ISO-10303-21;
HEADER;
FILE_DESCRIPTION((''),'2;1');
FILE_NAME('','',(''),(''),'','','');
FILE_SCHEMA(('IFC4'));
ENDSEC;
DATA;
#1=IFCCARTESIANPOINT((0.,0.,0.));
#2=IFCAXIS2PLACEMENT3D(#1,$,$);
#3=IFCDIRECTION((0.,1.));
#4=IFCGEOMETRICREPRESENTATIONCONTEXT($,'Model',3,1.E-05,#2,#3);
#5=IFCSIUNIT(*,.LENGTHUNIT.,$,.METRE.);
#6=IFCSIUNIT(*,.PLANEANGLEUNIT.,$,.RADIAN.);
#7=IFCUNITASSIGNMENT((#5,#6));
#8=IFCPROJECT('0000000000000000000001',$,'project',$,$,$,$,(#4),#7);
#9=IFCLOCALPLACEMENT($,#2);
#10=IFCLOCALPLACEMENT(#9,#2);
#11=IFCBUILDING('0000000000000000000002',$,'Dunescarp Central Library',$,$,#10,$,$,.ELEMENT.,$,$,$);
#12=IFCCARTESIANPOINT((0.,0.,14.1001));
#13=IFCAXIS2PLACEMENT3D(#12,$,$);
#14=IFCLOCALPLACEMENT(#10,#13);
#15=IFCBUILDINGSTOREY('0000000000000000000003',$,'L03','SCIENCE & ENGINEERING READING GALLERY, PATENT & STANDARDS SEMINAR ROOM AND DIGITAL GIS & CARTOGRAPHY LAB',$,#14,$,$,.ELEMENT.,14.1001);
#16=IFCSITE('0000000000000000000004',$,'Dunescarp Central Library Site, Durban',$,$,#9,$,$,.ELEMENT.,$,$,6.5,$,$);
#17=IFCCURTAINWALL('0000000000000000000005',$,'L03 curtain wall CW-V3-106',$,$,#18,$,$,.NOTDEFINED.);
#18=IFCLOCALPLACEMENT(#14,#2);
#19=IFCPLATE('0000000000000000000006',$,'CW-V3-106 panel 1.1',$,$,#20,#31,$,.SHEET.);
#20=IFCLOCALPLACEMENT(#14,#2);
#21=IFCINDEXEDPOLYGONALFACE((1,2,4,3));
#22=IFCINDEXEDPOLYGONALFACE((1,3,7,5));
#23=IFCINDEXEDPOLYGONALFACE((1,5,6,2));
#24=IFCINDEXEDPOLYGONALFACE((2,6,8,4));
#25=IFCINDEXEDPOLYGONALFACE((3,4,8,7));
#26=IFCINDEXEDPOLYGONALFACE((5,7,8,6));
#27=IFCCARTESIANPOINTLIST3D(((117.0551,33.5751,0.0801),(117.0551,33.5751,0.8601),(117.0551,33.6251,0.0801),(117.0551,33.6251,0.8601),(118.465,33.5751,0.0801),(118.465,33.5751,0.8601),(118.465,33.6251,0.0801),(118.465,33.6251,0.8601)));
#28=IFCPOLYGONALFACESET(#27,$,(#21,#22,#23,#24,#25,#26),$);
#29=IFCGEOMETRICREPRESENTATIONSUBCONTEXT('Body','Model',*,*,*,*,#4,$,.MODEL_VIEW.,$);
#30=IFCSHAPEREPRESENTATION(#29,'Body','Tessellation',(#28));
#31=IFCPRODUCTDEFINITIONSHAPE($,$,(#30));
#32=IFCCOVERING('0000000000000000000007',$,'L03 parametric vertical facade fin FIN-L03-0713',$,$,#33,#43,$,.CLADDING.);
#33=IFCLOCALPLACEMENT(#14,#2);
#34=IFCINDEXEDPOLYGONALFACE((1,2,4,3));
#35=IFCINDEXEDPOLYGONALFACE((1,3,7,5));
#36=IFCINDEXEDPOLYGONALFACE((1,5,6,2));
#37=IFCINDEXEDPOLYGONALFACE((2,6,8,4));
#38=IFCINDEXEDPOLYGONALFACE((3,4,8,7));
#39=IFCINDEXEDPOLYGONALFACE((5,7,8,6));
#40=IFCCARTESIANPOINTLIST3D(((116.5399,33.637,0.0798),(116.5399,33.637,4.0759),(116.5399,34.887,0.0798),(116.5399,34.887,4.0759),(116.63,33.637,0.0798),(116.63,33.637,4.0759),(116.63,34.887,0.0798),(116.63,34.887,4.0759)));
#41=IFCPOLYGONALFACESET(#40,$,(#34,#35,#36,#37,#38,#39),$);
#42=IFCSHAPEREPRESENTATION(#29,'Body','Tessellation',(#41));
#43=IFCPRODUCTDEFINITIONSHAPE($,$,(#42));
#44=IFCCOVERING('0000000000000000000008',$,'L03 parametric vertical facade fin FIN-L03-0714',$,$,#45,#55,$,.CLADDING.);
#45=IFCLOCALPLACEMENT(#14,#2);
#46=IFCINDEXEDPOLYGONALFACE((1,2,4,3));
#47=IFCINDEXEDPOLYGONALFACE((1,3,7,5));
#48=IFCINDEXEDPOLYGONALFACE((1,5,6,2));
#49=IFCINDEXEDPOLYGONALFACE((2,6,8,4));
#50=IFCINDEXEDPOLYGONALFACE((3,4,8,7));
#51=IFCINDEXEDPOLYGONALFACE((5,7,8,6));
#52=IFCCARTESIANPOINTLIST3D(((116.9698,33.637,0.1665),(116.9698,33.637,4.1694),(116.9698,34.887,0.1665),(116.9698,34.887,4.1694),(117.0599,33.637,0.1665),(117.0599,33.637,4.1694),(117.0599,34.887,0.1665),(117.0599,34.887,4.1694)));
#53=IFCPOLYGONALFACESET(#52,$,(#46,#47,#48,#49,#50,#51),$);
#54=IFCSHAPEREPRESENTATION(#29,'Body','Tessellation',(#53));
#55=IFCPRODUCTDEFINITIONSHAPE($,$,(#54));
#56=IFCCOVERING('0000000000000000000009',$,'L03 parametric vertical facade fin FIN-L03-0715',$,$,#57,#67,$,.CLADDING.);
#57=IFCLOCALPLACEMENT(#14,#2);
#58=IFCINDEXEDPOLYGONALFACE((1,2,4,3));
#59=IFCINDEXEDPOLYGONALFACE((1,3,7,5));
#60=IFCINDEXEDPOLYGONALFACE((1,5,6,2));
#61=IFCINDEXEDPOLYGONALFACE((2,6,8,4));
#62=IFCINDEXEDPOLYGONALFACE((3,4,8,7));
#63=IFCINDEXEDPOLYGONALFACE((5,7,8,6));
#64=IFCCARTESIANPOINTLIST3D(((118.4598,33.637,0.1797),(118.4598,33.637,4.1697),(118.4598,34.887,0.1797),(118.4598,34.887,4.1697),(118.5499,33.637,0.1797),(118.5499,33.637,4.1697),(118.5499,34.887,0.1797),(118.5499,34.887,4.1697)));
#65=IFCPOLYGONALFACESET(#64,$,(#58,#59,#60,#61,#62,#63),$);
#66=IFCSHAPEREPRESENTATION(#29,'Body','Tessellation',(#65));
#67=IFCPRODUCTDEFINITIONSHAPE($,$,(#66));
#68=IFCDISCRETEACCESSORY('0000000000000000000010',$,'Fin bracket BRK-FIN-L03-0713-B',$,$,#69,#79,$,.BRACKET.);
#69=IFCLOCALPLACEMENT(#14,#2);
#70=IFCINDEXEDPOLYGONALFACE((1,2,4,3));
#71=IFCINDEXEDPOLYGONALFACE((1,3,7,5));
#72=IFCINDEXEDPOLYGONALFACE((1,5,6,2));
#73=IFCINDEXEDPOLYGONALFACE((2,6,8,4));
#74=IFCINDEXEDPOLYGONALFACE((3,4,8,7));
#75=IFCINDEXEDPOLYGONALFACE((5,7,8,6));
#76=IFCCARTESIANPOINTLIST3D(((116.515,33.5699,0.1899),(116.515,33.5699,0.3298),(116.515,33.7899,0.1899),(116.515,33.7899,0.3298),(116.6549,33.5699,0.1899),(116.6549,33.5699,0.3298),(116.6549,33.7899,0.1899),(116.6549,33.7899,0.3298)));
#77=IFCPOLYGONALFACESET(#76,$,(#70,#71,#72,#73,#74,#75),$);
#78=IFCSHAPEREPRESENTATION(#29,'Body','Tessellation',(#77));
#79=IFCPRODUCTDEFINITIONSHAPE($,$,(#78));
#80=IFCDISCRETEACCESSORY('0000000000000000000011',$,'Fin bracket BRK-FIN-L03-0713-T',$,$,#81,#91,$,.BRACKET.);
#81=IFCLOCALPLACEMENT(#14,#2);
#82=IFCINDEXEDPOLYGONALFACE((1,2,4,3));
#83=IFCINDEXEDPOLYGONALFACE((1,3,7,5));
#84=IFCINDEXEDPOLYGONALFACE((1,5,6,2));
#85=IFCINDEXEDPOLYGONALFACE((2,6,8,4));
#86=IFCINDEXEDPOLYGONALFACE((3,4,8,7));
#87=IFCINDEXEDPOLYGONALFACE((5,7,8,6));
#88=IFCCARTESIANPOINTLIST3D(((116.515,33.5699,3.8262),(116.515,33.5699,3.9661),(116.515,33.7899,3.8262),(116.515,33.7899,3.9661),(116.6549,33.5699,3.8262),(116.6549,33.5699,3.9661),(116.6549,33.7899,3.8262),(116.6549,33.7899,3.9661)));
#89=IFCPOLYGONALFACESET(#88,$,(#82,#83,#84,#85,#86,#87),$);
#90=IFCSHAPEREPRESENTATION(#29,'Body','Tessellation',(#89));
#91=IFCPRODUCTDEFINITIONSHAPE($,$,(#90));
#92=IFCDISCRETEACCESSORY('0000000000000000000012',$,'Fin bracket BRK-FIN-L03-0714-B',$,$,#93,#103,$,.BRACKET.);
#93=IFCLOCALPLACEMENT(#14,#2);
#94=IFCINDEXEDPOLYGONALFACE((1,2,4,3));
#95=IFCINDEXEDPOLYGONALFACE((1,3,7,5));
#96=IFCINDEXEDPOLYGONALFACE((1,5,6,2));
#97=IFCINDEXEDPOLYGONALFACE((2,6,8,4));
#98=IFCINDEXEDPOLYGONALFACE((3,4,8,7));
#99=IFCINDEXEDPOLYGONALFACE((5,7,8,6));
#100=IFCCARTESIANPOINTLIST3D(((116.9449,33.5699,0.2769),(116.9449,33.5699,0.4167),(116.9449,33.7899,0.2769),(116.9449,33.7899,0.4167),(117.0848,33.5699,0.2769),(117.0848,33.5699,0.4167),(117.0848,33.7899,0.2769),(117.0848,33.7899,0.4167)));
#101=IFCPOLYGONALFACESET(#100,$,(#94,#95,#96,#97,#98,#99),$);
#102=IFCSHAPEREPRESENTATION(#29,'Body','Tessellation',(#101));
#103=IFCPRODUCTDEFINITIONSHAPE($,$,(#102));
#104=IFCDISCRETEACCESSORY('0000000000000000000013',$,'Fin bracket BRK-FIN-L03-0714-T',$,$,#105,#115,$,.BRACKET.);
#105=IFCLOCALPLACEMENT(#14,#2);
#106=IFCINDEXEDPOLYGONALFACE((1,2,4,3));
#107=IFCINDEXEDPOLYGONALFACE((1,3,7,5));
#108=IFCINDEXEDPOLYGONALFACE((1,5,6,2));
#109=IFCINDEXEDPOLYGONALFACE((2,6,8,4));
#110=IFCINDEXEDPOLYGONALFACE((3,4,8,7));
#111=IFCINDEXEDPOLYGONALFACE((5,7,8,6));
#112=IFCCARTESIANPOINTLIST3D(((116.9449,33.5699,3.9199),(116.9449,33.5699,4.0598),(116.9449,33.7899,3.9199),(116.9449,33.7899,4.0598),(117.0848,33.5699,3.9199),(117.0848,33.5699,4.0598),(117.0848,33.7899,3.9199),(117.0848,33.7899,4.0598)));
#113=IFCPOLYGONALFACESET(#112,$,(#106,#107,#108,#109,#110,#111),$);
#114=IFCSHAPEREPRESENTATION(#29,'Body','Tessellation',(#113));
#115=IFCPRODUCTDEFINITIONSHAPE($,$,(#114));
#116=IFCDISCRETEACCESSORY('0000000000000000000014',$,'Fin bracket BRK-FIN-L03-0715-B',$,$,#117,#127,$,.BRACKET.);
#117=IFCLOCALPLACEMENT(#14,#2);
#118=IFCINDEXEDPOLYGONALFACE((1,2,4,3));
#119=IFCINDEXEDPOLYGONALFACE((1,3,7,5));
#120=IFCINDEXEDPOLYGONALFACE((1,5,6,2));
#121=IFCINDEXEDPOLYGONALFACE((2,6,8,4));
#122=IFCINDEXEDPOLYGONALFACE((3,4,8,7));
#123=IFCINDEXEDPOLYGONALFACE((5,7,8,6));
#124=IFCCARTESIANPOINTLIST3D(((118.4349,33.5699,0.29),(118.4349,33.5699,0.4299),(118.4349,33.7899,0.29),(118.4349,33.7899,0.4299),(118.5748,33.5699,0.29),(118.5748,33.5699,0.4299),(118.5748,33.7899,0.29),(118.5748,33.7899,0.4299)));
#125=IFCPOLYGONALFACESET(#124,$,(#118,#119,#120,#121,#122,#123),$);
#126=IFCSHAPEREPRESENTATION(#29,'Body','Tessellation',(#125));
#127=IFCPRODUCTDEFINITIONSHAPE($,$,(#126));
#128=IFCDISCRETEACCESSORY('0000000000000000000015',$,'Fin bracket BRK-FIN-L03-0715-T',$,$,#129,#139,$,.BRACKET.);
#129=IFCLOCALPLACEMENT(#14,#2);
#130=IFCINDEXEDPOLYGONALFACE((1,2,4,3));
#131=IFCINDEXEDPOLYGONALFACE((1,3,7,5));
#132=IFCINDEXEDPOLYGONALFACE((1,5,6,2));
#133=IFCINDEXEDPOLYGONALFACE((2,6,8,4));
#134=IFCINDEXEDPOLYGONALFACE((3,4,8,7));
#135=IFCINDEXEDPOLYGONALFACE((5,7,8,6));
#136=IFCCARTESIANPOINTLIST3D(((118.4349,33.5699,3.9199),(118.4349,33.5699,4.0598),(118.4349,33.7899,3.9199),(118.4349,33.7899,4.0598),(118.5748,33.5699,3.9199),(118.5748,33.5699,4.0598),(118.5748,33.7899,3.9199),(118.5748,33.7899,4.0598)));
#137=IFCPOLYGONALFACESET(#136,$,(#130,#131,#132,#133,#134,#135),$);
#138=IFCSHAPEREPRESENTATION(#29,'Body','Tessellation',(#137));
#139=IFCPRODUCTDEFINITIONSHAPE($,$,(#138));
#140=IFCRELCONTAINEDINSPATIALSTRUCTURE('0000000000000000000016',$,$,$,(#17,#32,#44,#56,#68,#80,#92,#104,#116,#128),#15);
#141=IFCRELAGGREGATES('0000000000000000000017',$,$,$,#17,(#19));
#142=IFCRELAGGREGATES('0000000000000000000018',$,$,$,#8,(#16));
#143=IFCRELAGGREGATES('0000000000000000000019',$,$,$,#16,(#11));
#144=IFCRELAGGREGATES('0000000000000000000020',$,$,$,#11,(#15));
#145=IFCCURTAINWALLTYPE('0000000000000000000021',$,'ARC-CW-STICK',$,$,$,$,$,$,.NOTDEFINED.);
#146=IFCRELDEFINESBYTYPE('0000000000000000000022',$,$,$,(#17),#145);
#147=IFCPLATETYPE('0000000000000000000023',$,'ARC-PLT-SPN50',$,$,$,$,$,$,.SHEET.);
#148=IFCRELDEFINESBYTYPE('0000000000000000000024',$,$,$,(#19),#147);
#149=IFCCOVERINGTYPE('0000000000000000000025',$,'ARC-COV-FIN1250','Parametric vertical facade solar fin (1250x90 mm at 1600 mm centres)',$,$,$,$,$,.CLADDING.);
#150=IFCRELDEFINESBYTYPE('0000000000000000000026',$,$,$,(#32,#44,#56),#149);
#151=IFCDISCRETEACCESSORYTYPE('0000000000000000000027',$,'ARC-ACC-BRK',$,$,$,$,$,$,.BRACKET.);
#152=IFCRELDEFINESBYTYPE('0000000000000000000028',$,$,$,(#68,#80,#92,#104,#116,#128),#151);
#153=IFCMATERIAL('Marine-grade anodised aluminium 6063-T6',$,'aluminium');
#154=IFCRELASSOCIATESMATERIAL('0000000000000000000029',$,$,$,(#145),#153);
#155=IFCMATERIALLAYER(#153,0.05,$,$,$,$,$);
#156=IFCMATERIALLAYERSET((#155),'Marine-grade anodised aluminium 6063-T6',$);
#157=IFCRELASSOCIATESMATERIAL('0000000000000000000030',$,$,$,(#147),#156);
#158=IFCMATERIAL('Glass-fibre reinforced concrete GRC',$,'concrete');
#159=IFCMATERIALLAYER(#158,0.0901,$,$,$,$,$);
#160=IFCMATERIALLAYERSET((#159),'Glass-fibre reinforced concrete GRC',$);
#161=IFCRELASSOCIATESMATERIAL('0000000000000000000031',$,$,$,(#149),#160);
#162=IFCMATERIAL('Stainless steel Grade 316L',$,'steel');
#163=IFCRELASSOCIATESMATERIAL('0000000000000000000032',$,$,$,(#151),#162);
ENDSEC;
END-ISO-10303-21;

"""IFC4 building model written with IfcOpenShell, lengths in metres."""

from ifc_helpers import new_model, si_unit, direction, frame, origin, origin_2d, place, context, subcontext, project, spatial, rectangle, extrude, material, layer, layer_set, type_object, element, aggregate, save


model = new_model("IFC4")

# Units and contexts
model_context = context("Model", 3, precision=1e-05, world=origin(), true_north=direction((0.0, 1.0)))
body_context = subcontext(model_context, "Body", "Model", "MODEL_VIEW")
ifc_project = project(units=[si_unit("LENGTHUNIT", "METRE"), si_unit("PLANEANGLEUNIT", "RADIAN")], contexts=[model_context])

# Site, building, storey
site_placement = place(None, origin())
site = spatial("IfcSite", under=ifc_project, at=site_placement, Name="Dunescarp Central Library Site, Durban", CompositionType="ELEMENT", RefElevation=6.5)
building_placement = place(site_placement, origin())
building = spatial("IfcBuilding", under=site, at=building_placement, Name="Dunescarp Central Library", CompositionType="ELEMENT")
storey_placement = place(building_placement, frame((0.0, 0.0, 14.1001)))
storey = spatial("IfcBuildingStorey", under=building, at=storey_placement, Name="L03", Description="SCIENCE & ENGINEERING READING GALLERY, PATENT & STANDARDS SEMINAR ROOM AND DIGITAL GIS & CARTOGRAPHY LAB", CompositionType="ELEMENT", Elevation=14.1001)

# Shared definitions
ifc_material_1 = material(Name="Marine-grade anodised aluminium 6063-T6", Category="aluminium")
curtain_wall_type = type_object("IfcCurtainWallType", Name="ARC-CW-STICK", PredefinedType="NOTDEFINED", material=ifc_material_1)

# Curtain wall
curtain_wall_1_placement = place(storey_placement, origin())
curtain_wall_1 = element("IfcCurtainWall", 1, at=curtain_wall_1_placement, inside=storey, type_object=curtain_wall_type, Name="L03 curtain wall CW-V3-106", PredefinedType="NOTDEFINED")

# Plate
ifc_layer_1 = layer(ifc_material_1, 0.05)
ifc_layer_set_1 = layer_set([ifc_layer_1], Name="Marine-grade anodised aluminium 6063-T6")
plate_type_1 = type_object("IfcPlateType", Name="ARC-PLT-SPN50", PredefinedType="SHEET", material=ifc_layer_set_1)
plate_1_placement = place(storey_placement, frame((117.76, 33.6001, 0.0801), z_axis=(0.0, 0.0, 1.0), x_axis=(1.0, 0.0, 0.0)))
plate_1 = element("IfcPlate", 2, at=plate_1_placement, type_object=plate_type_1, Name="CW-V3-106 panel 1.1", PredefinedType="SHEET", context=body_context, shape_type="SweptSolid", body=[
    extrude(rectangle(XDim=1.4099, YDim=0.05, at=origin_2d()), origin(), (0.0, 0.0, 1.0), 0.78),
])
aggregate(curtain_wall_1, [plate_1])

# Coverings
ifc_material_2 = material(Name="Glass-fibre reinforced concrete GRC", Category="concrete")
ifc_layer_2 = layer(ifc_material_2, 0.0901)
ifc_layer_set_2 = layer_set([ifc_layer_2], Name="Glass-fibre reinforced concrete GRC")
covering_type = type_object("IfcCoveringType", Name="ARC-COV-FIN1250", Description="Parametric vertical facade solar fin (1250x90 mm at 1600 mm centres)", PredefinedType="CLADDING", material=ifc_layer_set_2)
covering_1_placement = place(storey_placement, frame((116.585, 34.262, 0.0798), z_axis=(0.0, 0.0, 1.0), x_axis=(0.0, 1.0, 0.0)))
element("IfcCovering", 3, at=covering_1_placement, inside=storey, type_object=covering_type, Name="L03 parametric vertical facade fin FIN-L03-0713", PredefinedType="CLADDING", context=body_context, shape_type="SweptSolid", body=[
    extrude(rectangle(XDim=1.25, YDim=0.0901, at=origin_2d()), origin(), (0.0, 0.0, 1.0), 3.9961),
])
covering_2_placement = place(storey_placement, frame((117.0149, 34.262, 0.1665), z_axis=(0.0, 0.0, 1.0), x_axis=(0.0, 1.0, 0.0)))
element("IfcCovering", 4, at=covering_2_placement, inside=storey, type_object=covering_type, Name="L03 parametric vertical facade fin FIN-L03-0714", PredefinedType="CLADDING", context=body_context, shape_type="SweptSolid", body=[
    extrude(rectangle(XDim=1.25, YDim=0.0901, at=origin_2d()), origin(), (0.0, 0.0, 1.0), 4.0029),
])
covering_3_placement = place(storey_placement, frame((118.5049, 34.262, 0.1797), z_axis=(0.0, 0.0, 1.0), x_axis=(0.0, 1.0, 0.0)))
element("IfcCovering", 5, at=covering_3_placement, inside=storey, type_object=covering_type, Name="L03 parametric vertical facade fin FIN-L03-0715", PredefinedType="CLADDING", context=body_context, shape_type="SweptSolid", body=[
    extrude(rectangle(XDim=1.25, YDim=0.0901, at=origin_2d()), origin(), (0.0, 0.0, 1.0), 3.99),
])

# Discrete accessories
ifc_material_3 = material(Name="Stainless steel Grade 316L", Category="steel")
discrete_accessory_type = type_object("IfcDiscreteAccessoryType", Name="ARC-ACC-BRK", PredefinedType="BRACKET", material=ifc_material_3)
for number, where, z_axis, x_axis, name in (
    (6, (116.585, 33.6799, 0.1899), (0.0, 0.0, 1.0), (0.0, 1.0, 0.0), "Fin bracket BRK-FIN-L03-0713-B"),
    (7, (116.585, 33.6799, 3.8262), (0.0, 0.0, 1.0), (0.0, 1.0, 0.0), "Fin bracket BRK-FIN-L03-0713-T"),
    (8, (117.0149, 33.6799, 0.2769), (0.0, 0.0, 1.0), (0.0, 1.0, 0.0), "Fin bracket BRK-FIN-L03-0714-B"),
    (9, (117.0149, 33.6799, 3.9199), (0.0, 0.0, 1.0), (0.0, 1.0, 0.0), "Fin bracket BRK-FIN-L03-0714-T"),
    (10, (118.5049, 33.6799, 0.29), (0.0, 0.0, 1.0), (0.0, 1.0, 0.0), "Fin bracket BRK-FIN-L03-0715-B"),
    (11, (118.5049, 33.6799, 3.9199), (0.0, 0.0, 1.0), (0.0, 1.0, 0.0), "Fin bracket BRK-FIN-L03-0715-T"),
):
    element("IfcDiscreteAccessory", number, at=place(storey_placement, frame(where, z_axis=z_axis, x_axis=x_axis)), inside=storey, type_object=discrete_accessory_type, Name=name, PredefinedType="BRACKET", context=body_context, shape_type="SweptSolid", body=[
        extrude(rectangle(XDim=0.22, YDim=0.1399, at=origin_2d()), origin(), (0.0, 0.0, 1.0), 0.1399),
    ])

save(model, "model.ifc")
